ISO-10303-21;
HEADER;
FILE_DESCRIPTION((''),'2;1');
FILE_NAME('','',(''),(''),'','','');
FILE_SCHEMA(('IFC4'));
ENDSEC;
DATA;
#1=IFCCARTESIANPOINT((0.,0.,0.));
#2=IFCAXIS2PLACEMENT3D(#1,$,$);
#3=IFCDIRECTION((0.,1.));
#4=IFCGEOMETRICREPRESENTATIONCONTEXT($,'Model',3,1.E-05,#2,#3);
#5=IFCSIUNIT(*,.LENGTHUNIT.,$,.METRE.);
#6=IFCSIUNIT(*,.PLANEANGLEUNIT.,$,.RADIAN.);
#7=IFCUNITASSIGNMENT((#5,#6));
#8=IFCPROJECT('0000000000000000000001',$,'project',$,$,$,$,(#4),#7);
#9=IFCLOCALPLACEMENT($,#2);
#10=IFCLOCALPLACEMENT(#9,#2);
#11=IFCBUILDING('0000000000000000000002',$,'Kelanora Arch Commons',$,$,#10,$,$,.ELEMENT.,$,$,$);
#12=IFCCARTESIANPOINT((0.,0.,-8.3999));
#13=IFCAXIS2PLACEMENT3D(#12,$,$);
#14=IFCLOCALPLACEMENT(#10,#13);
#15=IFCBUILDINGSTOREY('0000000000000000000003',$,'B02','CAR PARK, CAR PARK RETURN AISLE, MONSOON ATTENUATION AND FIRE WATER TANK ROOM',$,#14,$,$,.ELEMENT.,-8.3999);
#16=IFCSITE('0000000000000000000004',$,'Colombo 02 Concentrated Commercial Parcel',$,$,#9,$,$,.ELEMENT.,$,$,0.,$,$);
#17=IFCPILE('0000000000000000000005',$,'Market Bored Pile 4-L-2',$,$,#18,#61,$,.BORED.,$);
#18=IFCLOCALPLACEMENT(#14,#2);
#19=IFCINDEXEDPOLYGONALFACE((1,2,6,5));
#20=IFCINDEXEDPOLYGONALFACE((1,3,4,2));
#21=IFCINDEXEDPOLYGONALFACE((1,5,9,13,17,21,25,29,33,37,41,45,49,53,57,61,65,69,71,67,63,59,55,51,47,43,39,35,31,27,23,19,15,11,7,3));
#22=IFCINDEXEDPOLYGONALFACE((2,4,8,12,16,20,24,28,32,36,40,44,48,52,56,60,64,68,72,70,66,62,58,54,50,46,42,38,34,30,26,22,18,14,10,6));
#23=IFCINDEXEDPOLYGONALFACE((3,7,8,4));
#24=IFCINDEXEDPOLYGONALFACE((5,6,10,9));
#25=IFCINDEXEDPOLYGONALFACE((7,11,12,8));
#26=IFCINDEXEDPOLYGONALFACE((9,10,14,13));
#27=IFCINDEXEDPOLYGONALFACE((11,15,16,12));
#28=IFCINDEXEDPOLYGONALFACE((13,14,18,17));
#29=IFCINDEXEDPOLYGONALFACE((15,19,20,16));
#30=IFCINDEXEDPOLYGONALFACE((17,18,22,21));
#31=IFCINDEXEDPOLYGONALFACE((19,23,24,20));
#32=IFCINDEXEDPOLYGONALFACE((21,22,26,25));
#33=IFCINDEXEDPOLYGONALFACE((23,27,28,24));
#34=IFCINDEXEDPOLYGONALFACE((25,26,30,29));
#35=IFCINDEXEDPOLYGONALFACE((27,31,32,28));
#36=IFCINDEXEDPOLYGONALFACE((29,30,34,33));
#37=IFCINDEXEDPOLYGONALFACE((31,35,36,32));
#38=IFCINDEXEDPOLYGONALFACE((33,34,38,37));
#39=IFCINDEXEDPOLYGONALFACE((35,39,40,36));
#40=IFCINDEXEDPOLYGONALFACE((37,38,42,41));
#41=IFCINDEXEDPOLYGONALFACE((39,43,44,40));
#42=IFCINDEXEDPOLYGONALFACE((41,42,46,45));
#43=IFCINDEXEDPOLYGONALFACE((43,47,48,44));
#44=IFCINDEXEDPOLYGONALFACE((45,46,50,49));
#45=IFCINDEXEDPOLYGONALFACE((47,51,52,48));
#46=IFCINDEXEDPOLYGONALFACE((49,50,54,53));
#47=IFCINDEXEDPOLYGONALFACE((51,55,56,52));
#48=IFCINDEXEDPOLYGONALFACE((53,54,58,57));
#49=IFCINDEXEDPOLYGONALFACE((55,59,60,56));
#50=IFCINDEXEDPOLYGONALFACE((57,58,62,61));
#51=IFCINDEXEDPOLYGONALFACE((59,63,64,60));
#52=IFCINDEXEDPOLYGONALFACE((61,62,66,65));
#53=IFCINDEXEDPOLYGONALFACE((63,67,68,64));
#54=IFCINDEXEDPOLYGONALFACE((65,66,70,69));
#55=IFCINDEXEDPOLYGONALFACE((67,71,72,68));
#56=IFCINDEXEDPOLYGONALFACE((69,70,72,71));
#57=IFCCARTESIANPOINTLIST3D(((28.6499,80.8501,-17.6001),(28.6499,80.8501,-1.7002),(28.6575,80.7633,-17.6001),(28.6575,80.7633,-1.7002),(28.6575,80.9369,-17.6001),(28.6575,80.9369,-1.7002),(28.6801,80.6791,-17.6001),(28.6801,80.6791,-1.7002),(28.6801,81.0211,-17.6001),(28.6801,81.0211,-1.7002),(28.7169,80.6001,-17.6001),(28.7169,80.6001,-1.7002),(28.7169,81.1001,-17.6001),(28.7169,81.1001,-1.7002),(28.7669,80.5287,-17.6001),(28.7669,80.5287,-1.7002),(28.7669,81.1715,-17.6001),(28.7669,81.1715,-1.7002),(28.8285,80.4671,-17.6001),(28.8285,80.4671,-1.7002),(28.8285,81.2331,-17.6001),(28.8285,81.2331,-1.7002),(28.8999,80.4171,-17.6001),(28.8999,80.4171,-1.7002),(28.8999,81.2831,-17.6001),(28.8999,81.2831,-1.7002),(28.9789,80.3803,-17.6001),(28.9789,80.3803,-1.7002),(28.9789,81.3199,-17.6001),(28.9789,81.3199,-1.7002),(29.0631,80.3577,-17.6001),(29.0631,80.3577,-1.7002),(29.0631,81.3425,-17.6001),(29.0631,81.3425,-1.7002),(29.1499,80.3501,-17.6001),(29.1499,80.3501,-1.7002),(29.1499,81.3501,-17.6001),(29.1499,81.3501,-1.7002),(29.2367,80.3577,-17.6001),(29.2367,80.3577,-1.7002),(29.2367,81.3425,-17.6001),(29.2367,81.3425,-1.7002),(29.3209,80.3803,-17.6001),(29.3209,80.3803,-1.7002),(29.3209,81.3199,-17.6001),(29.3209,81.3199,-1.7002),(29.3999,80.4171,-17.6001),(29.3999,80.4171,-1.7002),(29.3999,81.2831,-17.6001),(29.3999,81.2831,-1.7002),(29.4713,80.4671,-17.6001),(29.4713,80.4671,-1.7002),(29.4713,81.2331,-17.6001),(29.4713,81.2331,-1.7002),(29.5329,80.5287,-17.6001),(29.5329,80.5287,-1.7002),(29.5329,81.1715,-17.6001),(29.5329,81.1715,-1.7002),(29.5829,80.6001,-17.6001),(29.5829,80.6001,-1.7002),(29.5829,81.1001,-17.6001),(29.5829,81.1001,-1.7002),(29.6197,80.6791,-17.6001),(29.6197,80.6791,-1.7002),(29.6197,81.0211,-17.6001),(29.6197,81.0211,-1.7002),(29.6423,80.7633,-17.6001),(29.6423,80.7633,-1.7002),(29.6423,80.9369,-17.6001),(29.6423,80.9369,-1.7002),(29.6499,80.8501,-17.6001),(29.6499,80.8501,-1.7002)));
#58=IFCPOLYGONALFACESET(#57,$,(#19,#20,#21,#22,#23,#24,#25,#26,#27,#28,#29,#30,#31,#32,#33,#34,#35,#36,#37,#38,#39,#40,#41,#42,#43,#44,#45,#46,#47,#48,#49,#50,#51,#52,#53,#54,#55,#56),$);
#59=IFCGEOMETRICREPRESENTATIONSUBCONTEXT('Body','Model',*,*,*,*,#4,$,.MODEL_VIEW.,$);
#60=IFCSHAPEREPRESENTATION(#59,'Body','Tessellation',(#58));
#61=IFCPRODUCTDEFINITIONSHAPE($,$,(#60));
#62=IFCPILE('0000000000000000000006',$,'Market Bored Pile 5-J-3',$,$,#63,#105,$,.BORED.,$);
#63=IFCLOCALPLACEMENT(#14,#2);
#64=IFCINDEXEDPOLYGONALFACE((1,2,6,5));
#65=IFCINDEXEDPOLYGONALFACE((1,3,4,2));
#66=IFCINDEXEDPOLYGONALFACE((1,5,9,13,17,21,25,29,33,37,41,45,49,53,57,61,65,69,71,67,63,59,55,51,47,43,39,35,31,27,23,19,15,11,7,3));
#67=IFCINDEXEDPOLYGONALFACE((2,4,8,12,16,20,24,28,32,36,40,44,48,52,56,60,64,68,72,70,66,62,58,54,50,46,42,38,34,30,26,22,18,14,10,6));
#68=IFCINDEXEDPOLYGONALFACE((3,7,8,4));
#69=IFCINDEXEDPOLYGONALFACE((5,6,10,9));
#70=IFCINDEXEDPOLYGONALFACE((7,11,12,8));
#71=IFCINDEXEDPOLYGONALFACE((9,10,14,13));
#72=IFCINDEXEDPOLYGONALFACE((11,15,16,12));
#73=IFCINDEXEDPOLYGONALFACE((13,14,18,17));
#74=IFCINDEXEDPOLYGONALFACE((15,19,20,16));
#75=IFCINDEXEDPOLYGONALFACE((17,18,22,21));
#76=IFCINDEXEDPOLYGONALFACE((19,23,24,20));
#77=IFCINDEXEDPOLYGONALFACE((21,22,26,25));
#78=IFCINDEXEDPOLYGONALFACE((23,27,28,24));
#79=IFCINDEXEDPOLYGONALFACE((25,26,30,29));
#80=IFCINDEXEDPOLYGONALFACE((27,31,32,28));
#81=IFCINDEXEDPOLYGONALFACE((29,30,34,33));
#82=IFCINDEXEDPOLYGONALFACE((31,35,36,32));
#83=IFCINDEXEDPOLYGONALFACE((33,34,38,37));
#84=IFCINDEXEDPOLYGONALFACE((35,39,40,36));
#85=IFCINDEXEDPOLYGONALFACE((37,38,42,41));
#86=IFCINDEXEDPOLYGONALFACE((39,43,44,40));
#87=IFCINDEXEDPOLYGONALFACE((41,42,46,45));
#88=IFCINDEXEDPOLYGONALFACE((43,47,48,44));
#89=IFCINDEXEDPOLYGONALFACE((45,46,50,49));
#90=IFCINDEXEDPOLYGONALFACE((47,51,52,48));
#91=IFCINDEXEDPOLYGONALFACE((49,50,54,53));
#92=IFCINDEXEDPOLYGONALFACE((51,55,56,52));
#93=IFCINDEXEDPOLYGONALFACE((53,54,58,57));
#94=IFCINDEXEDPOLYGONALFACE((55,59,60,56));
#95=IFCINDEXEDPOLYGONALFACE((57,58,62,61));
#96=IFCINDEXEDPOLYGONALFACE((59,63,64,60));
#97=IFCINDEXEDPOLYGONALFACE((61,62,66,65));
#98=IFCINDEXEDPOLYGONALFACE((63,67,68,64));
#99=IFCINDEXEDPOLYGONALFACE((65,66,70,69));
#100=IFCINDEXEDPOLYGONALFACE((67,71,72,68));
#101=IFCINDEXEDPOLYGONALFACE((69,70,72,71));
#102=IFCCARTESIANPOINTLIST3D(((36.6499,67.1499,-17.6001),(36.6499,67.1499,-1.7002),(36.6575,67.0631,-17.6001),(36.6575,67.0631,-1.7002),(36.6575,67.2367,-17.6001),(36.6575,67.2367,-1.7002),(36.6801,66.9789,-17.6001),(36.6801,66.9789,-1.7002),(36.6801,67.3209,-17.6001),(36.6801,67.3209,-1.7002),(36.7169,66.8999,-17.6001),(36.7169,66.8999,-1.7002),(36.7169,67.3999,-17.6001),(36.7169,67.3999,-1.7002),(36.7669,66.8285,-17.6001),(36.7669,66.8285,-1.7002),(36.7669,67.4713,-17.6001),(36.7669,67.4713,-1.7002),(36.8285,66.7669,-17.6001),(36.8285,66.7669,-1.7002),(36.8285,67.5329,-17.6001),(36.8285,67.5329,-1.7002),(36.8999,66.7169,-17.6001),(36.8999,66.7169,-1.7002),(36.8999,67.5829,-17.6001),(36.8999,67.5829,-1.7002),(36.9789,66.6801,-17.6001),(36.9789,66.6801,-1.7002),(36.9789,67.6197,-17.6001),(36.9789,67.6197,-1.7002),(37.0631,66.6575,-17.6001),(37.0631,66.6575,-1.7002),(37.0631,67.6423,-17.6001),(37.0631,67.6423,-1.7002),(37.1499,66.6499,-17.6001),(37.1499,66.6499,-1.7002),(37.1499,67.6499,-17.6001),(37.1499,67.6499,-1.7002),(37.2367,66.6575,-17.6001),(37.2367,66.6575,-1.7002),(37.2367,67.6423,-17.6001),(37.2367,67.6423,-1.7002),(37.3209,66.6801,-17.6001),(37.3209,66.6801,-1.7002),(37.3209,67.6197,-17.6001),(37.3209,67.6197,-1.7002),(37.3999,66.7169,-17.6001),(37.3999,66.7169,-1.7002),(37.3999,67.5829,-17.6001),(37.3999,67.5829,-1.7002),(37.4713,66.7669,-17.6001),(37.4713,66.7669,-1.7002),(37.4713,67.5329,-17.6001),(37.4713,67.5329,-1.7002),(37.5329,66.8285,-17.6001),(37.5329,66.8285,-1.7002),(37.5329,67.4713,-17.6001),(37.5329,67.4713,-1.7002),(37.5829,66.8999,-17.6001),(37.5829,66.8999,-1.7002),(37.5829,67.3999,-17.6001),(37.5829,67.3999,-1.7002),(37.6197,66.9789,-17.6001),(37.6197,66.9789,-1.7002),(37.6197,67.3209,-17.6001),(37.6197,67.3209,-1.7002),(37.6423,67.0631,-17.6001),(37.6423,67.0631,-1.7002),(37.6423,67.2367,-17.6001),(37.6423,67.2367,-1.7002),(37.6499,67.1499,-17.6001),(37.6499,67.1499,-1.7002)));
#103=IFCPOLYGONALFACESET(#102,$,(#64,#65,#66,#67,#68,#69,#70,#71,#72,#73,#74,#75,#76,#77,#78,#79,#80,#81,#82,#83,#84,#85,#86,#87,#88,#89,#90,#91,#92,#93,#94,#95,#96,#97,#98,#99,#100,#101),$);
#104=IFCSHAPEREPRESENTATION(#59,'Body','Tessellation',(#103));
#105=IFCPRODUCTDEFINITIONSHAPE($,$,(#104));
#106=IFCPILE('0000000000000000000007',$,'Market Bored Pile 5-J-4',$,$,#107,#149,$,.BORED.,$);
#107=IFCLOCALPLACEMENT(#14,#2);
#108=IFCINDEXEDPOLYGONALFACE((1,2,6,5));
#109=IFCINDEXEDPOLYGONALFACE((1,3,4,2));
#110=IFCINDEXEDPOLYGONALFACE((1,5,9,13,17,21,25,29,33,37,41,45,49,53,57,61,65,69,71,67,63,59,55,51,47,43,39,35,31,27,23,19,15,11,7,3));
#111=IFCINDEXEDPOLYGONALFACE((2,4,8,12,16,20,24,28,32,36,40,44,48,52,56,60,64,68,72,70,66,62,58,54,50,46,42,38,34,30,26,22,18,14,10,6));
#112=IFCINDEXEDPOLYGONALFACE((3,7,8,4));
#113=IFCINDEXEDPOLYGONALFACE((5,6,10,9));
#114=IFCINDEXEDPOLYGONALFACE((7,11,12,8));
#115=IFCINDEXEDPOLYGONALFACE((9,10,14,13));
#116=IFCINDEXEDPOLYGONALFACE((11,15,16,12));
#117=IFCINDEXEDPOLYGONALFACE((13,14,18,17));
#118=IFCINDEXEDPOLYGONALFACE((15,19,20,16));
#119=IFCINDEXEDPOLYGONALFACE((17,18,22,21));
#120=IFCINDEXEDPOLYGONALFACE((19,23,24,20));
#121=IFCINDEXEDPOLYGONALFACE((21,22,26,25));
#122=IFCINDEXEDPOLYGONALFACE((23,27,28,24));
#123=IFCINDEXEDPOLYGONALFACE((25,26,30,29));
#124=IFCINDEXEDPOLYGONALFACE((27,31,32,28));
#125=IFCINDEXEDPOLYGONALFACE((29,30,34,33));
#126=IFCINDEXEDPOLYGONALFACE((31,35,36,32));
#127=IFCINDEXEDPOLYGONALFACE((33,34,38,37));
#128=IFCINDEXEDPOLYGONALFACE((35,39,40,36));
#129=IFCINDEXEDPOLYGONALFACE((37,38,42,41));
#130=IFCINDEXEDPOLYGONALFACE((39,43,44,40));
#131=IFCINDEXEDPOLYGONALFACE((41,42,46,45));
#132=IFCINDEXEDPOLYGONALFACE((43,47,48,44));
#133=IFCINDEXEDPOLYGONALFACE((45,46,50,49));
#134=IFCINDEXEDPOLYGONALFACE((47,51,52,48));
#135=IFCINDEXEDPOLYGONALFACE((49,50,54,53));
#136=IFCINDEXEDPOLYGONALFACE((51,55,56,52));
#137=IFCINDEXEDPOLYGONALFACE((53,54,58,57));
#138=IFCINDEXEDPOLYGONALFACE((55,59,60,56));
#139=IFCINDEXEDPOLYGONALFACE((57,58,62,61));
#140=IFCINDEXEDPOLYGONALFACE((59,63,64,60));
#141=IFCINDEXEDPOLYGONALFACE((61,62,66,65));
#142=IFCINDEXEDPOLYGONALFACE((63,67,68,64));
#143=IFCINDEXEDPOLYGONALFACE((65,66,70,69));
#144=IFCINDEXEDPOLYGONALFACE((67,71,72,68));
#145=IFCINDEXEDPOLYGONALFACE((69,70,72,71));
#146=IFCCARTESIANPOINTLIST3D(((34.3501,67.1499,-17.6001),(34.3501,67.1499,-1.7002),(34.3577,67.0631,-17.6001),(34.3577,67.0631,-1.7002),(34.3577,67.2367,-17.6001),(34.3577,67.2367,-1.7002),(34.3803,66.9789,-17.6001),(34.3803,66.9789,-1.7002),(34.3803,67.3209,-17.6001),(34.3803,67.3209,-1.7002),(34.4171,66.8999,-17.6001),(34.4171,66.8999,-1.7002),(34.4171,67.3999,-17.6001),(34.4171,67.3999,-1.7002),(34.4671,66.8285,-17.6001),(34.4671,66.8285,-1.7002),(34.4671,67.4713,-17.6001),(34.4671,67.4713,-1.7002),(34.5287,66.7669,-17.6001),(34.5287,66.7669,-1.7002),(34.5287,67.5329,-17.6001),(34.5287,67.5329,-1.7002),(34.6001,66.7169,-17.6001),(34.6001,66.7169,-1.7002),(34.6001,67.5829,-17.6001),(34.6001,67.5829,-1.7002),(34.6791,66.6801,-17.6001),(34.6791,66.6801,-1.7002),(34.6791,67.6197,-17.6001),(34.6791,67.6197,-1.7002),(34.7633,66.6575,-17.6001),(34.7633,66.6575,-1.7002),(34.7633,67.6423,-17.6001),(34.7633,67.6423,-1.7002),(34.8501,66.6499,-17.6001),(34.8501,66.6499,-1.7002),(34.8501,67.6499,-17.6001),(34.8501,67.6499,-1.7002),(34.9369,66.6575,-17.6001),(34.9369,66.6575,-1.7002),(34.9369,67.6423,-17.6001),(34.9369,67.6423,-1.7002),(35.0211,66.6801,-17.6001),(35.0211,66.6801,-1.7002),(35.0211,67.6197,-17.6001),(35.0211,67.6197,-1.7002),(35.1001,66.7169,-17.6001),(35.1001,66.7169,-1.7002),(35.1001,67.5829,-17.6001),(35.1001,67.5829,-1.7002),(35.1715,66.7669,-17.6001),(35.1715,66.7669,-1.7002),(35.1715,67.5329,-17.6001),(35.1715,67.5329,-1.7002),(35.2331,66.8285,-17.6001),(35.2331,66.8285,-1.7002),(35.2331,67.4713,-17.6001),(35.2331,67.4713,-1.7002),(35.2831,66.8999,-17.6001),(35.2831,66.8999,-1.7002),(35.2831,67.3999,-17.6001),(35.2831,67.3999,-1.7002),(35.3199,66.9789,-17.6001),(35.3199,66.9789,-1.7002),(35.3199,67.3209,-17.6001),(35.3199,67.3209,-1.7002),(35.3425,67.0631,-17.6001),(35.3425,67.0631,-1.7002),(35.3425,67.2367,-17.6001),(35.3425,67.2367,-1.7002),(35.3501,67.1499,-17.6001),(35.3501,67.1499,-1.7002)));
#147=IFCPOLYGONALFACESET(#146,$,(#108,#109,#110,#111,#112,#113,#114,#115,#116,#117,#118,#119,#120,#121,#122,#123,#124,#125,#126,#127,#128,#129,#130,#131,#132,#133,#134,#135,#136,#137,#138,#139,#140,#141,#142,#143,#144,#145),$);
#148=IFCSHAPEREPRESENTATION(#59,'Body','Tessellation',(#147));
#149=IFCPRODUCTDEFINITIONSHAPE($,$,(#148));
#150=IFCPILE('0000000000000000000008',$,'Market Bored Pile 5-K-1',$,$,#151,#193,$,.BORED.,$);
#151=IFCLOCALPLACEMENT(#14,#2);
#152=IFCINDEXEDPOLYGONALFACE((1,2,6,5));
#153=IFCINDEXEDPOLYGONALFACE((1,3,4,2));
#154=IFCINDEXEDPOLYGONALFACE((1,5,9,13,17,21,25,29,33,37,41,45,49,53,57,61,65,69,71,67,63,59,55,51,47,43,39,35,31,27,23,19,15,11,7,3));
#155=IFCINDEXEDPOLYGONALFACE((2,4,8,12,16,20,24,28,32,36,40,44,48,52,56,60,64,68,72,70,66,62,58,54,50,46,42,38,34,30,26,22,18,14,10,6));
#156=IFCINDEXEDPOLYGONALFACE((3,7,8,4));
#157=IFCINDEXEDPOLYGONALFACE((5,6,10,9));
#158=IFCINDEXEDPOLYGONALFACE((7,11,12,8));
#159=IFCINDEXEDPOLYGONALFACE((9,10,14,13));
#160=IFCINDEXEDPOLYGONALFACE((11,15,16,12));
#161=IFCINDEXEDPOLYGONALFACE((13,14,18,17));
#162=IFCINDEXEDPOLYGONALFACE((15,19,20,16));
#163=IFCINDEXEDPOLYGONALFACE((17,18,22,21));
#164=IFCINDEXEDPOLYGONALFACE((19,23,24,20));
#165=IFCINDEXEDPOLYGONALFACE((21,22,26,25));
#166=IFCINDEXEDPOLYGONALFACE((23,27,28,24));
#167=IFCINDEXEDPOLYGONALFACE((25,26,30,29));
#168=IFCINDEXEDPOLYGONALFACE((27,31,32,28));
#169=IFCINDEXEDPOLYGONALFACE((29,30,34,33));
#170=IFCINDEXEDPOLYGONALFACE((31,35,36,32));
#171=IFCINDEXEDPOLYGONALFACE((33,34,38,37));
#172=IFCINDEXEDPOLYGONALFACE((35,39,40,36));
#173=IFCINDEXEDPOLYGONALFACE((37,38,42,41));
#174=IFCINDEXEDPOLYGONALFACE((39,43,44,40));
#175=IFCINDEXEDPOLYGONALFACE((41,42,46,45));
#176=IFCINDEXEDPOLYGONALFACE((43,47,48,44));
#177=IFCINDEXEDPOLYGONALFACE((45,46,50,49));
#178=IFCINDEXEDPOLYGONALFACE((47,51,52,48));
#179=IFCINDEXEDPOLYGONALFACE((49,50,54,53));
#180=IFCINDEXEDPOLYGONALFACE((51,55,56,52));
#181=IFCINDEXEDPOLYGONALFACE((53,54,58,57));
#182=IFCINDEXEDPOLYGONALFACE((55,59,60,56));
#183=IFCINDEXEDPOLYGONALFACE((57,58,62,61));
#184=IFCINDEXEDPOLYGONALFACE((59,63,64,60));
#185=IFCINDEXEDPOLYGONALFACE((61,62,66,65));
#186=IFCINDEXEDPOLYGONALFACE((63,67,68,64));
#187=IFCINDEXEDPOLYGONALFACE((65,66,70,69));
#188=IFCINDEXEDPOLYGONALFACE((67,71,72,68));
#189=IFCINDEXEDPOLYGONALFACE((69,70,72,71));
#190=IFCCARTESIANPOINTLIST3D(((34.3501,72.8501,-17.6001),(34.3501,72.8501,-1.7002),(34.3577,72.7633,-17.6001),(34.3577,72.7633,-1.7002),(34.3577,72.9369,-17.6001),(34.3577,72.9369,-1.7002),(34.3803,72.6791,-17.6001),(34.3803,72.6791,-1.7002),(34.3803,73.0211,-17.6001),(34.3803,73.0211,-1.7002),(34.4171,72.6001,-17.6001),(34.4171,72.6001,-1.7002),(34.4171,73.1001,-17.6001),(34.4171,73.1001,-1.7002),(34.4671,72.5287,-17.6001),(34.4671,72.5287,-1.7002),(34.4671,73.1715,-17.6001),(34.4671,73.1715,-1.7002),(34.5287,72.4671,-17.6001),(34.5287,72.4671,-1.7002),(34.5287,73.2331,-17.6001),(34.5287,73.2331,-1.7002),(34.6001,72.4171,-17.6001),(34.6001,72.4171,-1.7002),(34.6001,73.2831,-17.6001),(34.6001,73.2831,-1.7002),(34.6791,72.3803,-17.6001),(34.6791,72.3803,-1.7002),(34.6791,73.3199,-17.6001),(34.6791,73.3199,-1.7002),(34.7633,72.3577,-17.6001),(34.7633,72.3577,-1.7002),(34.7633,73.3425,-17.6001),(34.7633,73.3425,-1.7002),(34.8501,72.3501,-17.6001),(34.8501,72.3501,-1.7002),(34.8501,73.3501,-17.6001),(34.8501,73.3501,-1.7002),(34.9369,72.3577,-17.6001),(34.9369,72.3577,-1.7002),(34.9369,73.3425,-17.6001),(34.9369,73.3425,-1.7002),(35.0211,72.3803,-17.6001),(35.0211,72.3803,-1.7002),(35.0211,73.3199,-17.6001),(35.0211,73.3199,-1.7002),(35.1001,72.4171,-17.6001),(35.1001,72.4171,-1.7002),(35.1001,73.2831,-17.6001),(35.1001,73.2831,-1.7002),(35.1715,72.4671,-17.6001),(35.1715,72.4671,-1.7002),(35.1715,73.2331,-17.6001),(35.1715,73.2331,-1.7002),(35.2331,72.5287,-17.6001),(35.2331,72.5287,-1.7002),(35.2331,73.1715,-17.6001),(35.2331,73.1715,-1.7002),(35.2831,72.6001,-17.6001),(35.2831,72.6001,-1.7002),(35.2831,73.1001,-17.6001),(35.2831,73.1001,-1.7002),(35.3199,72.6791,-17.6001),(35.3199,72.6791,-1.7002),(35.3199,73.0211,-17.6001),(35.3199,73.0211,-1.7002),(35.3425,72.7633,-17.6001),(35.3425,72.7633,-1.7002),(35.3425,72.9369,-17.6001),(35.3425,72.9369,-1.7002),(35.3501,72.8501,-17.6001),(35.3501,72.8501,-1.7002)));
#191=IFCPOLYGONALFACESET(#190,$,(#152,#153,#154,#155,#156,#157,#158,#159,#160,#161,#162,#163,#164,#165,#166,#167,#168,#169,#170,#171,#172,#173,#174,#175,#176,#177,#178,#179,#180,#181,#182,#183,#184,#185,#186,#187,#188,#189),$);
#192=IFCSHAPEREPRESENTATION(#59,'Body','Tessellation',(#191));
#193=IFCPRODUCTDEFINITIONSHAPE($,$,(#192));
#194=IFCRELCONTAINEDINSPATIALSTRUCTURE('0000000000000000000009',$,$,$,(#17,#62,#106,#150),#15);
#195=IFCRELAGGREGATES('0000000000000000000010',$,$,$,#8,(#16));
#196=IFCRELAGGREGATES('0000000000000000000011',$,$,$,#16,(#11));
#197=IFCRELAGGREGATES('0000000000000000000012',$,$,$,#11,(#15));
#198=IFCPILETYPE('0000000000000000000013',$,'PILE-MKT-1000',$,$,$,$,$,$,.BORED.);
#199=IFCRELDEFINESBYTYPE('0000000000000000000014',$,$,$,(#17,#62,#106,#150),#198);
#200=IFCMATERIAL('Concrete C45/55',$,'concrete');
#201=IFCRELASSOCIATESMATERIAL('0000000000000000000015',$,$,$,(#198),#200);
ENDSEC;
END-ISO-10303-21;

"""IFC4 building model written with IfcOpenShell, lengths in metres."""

from ifc_helpers import new_model, si_unit, direction, frame, origin, origin_2d, place, context, subcontext, project, spatial, circle, extrude, source, transform, mapped, material, material_profile, profile_set, type_object, element, save


model = new_model("IFC4")

# Units and contexts
model_context = context("Model", 3, precision=1e-05, world=origin(), true_north=direction((0.0, 1.0)))
body_context = subcontext(model_context, "Body", "Model", "MODEL_VIEW")
ifc_project = project(units=[si_unit("LENGTHUNIT", "METRE"), si_unit("PLANEANGLEUNIT", "RADIAN")], contexts=[model_context])

# Site, building, storey
site_placement = place(None, origin())
site = spatial("IfcSite", under=ifc_project, at=site_placement, Name="Colombo 02 Concentrated Commercial Parcel", CompositionType="ELEMENT", RefElevation=0.0)
building_placement = place(site_placement, origin())
building = spatial("IfcBuilding", under=site, at=building_placement, Name="Kelanora Arch Commons", CompositionType="ELEMENT")
storey_placement = place(building_placement, frame((0.0, 0.0, -8.3999)))
storey = spatial("IfcBuildingStorey", under=building, at=storey_placement, Name="B02", Description="CAR PARK, CAR PARK RETURN AISLE, MONSOON ATTENUATION AND FIRE WATER TANK ROOM", CompositionType="ELEMENT", Elevation=-8.3999)

# Piles
ifc_material_1 = material(Name="Concrete C45/55", Category="concrete")
ifc_material_profile_1 = material_profile(ifc_material_1, circle(Radius=0.5, at=origin_2d()), Name="PILE1000")
ifc_profile_set_1 = profile_set([ifc_material_profile_1], Name="Concrete C45/55")
pile_type = type_object("IfcPileType", Name="PILE-MKT-1000", PredefinedType="BORED", material=ifc_profile_set_1)
shared_shape_1 = source(origin(), body_context, "Body", "SweptSolid", [
    extrude(circle(Radius=0.5, at=origin_2d()), origin(), (0.0, 0.0, 1.0), 15.8999),
])
for number, where, z_axis, x_axis, name in (
    (1, (29.1499, 80.8501, -1.7002), (0.0, 0.0, -1.0), (1.0, 0.0, 0.0), "Market Bored Pile 4-L-2"),
    (2, (37.1499, 67.1499, -1.7002), (0.0, 0.0, -1.0), (1.0, 0.0, 0.0), "Market Bored Pile 5-J-3"),
    (3, (34.8501, 67.1499, -1.7002), (0.0, 0.0, -1.0), (1.0, 0.0, 0.0), "Market Bored Pile 5-J-4"),
    (4, (34.8501, 72.8501, -1.7002), (0.0, 0.0, -1.0), (1.0, 0.0, 0.0), "Market Bored Pile 5-K-1"),
):
    element("IfcPile", number, at=place(storey_placement, frame(where, z_axis=z_axis, x_axis=x_axis)), inside=storey, type_object=pile_type, Name=name, PredefinedType="BORED", context=body_context, shape_type="MappedRepresentation", body=[
        mapped(shared_shape_1, transform((0.0, 0.0, 0.0), scale=1.0)),
    ])

save(model, "model.ifc")
